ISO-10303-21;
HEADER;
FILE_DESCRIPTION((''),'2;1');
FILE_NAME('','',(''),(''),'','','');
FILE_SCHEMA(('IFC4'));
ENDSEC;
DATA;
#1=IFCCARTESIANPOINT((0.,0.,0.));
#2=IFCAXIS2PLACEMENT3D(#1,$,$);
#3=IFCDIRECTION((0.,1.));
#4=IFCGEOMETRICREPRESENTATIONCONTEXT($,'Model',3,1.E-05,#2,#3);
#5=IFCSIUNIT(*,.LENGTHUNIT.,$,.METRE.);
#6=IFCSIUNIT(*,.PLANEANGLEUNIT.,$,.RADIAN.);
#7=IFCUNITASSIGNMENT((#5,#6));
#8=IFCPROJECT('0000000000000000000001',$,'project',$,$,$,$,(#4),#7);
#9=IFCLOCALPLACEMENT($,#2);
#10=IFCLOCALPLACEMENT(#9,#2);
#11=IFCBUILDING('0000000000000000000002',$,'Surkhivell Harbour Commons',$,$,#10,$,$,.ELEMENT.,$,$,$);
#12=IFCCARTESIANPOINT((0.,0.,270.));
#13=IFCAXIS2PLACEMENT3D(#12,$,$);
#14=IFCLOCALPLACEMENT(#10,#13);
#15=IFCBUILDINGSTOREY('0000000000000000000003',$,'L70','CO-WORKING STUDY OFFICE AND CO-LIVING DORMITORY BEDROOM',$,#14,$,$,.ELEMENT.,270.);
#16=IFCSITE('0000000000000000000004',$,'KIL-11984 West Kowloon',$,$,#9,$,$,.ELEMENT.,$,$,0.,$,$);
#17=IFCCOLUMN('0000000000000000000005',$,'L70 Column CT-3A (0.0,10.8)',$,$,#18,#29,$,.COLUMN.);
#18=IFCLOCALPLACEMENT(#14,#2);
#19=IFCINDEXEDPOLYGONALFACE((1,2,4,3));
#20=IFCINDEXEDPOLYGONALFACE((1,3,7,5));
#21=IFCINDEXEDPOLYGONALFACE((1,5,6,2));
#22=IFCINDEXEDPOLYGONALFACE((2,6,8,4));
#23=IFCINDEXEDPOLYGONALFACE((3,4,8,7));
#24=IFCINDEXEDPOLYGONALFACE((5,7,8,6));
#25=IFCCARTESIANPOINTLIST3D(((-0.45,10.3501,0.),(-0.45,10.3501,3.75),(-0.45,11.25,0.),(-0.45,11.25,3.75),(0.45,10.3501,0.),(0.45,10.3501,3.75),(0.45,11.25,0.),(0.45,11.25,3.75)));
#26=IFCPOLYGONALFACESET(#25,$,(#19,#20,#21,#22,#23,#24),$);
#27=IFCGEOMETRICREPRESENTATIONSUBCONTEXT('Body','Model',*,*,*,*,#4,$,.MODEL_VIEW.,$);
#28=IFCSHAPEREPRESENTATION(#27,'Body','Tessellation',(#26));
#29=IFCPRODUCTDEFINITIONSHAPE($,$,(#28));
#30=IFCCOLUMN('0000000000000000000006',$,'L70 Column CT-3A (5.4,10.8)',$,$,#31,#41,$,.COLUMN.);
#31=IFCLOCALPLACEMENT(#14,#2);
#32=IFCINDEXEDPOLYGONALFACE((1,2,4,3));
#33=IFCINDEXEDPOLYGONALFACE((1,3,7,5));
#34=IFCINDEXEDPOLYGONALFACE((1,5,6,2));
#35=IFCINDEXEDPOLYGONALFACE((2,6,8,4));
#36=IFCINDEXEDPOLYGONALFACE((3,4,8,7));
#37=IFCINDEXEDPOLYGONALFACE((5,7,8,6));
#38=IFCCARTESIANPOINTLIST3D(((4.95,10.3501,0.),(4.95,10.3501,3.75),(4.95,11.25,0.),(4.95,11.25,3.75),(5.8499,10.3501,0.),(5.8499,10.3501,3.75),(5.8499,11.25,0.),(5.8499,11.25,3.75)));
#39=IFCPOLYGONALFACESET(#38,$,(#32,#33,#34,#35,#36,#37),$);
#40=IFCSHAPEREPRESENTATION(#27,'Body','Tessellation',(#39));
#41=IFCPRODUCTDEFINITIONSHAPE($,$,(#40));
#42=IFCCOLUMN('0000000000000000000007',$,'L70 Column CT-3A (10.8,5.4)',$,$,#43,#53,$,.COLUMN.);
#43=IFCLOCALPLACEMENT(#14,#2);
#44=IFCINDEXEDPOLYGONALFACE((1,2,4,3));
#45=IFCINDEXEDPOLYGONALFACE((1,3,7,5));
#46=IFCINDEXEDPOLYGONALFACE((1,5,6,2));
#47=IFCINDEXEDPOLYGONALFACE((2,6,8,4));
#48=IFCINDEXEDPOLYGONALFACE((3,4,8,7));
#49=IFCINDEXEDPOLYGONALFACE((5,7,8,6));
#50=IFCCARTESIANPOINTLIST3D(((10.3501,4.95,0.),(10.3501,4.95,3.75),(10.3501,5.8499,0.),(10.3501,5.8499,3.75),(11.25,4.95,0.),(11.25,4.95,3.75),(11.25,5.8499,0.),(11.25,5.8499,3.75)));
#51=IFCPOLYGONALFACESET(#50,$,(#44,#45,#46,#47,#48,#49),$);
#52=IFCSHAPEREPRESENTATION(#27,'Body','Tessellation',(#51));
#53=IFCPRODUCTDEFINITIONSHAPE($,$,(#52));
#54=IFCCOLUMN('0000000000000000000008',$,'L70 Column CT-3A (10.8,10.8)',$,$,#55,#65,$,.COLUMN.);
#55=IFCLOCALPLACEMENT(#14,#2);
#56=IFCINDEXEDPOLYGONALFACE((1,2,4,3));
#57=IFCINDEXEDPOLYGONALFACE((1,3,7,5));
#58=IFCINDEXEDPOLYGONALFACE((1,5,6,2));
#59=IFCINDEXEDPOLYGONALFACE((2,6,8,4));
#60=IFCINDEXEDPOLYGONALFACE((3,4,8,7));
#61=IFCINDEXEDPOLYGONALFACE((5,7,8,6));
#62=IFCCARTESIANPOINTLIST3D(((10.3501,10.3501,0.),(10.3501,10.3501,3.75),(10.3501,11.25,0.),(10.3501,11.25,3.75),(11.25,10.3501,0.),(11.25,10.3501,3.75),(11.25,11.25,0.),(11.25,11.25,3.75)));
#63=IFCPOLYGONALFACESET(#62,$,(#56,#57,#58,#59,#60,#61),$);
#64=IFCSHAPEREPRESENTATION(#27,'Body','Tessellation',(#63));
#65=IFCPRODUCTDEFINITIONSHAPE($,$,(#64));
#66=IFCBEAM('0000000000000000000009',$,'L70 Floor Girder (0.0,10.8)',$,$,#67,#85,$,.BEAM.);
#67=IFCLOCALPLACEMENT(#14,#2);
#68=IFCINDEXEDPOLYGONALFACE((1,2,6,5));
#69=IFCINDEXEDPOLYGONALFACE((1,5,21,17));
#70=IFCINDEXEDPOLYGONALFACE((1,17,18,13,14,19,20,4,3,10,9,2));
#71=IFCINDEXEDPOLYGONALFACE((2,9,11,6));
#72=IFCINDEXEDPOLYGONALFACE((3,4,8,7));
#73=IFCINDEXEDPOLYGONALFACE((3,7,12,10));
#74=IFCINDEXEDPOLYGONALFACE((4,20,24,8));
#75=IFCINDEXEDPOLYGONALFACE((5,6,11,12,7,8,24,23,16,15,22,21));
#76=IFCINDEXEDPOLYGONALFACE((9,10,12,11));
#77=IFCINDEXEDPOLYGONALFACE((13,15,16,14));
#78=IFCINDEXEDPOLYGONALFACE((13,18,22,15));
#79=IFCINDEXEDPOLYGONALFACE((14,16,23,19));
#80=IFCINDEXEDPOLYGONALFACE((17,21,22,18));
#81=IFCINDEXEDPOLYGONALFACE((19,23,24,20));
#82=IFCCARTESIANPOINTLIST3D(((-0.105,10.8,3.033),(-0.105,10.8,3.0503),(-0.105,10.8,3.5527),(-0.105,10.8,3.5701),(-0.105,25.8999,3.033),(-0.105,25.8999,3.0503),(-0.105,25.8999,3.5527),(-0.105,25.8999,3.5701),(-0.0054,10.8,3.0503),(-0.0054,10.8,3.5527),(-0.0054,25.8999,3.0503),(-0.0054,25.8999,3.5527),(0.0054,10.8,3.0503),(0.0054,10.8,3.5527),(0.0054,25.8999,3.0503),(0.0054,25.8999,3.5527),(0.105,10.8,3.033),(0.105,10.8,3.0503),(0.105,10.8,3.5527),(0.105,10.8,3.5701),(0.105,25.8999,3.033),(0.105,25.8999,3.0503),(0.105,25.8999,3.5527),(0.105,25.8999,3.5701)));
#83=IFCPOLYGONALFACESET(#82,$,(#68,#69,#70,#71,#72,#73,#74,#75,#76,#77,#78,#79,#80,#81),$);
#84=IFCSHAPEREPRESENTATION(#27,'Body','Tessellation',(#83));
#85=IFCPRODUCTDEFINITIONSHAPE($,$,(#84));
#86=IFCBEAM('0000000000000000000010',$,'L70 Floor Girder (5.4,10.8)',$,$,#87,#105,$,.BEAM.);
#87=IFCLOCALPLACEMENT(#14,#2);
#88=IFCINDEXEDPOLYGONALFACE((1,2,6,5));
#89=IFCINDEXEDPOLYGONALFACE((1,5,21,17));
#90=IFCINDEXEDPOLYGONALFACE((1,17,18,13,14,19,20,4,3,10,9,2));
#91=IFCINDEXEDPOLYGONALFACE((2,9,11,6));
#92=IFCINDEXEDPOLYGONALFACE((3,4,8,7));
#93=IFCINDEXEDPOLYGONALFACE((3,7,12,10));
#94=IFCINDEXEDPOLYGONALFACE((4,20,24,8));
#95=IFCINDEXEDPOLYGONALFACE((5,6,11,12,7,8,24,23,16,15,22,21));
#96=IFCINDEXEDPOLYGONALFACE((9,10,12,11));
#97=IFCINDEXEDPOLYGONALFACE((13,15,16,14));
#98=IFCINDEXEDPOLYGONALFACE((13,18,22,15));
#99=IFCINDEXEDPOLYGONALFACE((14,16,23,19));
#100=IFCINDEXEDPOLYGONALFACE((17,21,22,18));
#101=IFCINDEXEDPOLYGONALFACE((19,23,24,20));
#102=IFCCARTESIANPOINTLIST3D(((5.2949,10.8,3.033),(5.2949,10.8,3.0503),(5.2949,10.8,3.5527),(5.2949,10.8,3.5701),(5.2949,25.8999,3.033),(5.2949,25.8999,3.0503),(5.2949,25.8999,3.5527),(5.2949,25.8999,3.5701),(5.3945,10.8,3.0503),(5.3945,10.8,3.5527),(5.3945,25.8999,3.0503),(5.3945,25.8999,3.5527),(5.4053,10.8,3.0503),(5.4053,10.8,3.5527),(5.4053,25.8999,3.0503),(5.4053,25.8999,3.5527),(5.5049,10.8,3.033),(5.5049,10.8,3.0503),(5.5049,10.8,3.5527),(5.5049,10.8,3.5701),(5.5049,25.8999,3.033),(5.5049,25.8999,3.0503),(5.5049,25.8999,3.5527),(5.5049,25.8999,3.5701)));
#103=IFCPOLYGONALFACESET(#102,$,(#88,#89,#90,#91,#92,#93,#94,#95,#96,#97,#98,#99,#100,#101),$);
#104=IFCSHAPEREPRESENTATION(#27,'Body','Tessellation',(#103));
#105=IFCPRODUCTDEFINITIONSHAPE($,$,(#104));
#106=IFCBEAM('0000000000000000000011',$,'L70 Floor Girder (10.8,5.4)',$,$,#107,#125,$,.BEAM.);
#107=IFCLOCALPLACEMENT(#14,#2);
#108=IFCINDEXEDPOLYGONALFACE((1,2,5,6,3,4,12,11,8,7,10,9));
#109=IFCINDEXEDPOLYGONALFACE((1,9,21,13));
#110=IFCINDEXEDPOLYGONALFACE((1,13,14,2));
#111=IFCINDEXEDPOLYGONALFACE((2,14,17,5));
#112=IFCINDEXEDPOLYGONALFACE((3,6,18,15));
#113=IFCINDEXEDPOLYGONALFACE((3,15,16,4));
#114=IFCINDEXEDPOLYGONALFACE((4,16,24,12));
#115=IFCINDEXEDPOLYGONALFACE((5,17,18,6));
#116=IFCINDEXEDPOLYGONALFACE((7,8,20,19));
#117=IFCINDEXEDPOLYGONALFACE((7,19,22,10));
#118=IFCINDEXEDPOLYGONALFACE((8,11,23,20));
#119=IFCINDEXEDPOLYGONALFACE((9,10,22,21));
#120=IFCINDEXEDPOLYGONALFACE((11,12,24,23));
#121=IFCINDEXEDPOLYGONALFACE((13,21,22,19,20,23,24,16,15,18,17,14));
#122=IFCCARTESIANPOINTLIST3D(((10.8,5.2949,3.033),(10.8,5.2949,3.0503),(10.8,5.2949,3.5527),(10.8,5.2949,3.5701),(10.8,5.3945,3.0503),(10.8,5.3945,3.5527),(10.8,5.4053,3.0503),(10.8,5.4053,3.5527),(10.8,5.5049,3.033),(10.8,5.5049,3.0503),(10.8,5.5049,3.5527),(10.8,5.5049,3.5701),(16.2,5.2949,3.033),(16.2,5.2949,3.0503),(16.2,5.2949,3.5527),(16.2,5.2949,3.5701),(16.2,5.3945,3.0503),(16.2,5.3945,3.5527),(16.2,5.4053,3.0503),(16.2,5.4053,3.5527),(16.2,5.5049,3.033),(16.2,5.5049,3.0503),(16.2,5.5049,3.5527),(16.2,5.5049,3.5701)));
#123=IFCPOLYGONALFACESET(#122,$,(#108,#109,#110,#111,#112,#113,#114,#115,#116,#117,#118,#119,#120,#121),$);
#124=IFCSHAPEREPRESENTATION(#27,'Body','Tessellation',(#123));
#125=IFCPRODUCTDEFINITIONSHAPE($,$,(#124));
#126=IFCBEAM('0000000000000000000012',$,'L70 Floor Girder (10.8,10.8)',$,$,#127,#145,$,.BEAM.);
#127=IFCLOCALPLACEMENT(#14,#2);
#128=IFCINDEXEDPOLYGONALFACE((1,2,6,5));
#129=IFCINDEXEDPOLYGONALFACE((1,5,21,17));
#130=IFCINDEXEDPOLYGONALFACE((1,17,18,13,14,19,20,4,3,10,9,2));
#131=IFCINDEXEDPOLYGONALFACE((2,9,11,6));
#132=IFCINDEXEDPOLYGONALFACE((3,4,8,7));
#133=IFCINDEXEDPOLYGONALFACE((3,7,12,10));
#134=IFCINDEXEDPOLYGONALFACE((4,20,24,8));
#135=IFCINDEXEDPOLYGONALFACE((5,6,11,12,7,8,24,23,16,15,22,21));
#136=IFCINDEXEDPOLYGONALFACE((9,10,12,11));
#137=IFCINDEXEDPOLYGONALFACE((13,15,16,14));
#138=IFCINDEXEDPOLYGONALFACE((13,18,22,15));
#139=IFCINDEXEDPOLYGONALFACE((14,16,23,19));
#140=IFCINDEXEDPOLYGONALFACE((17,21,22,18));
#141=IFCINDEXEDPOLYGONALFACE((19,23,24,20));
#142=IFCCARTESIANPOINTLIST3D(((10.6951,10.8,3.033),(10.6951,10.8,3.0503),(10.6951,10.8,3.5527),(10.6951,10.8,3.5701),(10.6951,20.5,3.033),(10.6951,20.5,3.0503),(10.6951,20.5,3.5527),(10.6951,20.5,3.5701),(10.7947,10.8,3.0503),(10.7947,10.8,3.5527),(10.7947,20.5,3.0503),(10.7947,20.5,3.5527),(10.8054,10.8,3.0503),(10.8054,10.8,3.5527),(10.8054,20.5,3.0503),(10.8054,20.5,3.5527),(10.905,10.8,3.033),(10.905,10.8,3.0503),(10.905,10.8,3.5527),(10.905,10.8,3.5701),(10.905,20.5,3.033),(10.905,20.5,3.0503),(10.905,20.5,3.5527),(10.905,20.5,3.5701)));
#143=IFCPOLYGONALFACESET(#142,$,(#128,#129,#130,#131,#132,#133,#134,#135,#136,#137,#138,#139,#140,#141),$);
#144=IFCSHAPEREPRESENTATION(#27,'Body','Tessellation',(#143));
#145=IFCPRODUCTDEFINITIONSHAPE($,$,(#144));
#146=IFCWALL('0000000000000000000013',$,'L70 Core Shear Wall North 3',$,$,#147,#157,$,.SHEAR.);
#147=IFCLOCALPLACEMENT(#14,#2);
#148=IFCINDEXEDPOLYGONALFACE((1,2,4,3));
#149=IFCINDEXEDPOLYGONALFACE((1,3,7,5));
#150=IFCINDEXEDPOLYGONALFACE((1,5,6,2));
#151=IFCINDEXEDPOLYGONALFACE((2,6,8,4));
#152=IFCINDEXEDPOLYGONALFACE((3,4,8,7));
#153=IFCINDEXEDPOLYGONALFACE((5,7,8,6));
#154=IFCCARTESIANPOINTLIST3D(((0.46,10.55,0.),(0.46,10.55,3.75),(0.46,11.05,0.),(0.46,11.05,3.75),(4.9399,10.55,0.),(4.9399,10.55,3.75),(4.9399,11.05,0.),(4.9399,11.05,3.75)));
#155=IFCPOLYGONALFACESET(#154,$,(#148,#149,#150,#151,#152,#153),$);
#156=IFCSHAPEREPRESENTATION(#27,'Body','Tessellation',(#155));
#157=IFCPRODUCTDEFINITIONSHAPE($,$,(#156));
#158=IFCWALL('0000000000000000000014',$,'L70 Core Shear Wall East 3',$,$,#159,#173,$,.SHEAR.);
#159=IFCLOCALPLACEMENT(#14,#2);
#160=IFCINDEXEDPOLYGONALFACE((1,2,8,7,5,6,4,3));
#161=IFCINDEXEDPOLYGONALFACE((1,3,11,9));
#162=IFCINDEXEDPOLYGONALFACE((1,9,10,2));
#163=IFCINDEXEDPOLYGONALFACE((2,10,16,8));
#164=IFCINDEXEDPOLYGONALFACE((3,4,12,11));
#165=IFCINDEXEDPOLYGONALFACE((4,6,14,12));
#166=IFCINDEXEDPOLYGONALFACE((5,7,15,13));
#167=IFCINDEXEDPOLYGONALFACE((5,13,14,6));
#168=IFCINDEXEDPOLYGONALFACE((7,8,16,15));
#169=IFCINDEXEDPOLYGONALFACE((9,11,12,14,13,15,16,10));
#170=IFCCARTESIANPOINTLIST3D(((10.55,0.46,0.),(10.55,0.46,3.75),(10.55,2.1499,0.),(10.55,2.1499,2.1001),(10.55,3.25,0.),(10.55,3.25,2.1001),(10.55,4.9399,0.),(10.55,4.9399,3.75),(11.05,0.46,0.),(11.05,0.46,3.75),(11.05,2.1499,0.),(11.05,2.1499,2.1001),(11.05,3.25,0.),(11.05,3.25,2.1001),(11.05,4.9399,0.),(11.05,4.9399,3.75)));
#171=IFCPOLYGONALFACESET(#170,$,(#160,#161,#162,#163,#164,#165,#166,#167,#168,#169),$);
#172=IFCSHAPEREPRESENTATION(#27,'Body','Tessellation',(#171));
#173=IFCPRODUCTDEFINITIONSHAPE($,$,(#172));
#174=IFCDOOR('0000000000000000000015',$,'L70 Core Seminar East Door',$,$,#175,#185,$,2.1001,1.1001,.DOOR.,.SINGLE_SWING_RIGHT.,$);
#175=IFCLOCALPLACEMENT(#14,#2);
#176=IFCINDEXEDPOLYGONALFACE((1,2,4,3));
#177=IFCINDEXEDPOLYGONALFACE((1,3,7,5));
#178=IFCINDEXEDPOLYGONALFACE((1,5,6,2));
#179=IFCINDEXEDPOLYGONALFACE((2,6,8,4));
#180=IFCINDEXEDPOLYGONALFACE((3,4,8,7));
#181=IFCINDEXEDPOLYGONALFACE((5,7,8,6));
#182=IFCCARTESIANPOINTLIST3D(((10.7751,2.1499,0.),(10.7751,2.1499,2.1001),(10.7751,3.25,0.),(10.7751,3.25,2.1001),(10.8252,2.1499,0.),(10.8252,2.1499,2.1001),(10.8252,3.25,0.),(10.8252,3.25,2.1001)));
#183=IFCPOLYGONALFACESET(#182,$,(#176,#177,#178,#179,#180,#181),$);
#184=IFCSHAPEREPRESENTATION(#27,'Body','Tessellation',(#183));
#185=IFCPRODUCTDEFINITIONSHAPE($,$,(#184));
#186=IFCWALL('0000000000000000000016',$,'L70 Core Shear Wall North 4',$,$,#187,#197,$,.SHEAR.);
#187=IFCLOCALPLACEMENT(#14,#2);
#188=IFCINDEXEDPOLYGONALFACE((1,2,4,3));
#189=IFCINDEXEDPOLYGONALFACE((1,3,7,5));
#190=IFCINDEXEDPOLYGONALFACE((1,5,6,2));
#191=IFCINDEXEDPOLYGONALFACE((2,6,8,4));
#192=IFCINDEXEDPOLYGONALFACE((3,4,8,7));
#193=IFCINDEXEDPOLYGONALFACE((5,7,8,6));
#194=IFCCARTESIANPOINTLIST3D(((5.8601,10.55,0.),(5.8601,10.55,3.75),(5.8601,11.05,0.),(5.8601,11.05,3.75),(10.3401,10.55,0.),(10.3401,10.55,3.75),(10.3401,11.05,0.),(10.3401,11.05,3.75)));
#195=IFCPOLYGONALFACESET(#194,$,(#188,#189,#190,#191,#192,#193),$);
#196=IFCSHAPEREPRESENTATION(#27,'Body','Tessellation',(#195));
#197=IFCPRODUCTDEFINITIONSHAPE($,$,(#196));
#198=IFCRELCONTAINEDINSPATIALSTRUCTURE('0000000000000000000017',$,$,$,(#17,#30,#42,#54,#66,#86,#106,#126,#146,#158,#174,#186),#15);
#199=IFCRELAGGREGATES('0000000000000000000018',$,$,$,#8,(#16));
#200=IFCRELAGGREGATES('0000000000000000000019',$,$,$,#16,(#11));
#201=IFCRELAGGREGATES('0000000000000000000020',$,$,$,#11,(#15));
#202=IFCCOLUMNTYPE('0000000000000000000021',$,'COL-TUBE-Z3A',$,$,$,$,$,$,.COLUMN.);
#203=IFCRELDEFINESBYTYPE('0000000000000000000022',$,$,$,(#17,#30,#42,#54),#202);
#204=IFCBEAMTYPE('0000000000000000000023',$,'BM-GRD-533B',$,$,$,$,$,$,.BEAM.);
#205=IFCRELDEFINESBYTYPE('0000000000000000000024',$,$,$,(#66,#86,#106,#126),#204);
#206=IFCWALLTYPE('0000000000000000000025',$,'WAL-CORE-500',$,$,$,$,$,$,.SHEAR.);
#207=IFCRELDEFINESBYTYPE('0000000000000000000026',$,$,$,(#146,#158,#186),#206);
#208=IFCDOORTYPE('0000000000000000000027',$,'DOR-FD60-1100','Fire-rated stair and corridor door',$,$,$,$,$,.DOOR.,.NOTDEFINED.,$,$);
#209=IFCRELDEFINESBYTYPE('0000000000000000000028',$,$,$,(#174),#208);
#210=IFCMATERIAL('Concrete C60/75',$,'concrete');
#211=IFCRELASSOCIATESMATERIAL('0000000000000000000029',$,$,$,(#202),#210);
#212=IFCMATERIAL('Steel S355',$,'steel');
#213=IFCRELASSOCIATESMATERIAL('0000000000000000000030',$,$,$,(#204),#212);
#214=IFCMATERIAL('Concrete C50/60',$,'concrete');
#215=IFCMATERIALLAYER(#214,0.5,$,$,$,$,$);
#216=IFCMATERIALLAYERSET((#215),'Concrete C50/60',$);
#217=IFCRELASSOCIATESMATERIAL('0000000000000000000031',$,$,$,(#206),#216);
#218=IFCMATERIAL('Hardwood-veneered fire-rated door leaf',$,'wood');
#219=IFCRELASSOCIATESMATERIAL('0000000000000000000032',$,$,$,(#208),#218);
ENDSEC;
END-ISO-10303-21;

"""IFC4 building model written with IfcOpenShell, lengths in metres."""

from ifc_helpers import new_model, si_unit, direction, frame, frame_2d, origin, origin_2d, place, context, subcontext, project, spatial, rectangle, i_section, extrude, material, layer, layer_set, material_profile, profile_set, type_object, element, fill, save


model = new_model("IFC4")

# Units and contexts
model_context = context("Model", 3, precision=1e-05, world=origin(), true_north=direction((0.0, 1.0)))
body_context = subcontext(model_context, "Body", "Model", "MODEL_VIEW")
ifc_project = project(units=[si_unit("LENGTHUNIT", "METRE"), si_unit("PLANEANGLEUNIT", "RADIAN")], contexts=[model_context])

# Site, building, storey
site_placement = place(None, origin())
site = spatial("IfcSite", under=ifc_project, at=site_placement, Name="KIL-11984 West Kowloon", CompositionType="ELEMENT", RefElevation=0.0)
building_placement = place(site_placement, origin())
building = spatial("IfcBuilding", under=site, at=building_placement, Name="Surkhivell Harbour Commons", CompositionType="ELEMENT")
storey_placement = place(building_placement, frame((0.0, 0.0, 270.0)))
storey = spatial("IfcBuildingStorey", under=building, at=storey_placement, Name="L70", Description="CO-WORKING STUDY OFFICE AND CO-LIVING DORMITORY BEDROOM", CompositionType="ELEMENT", Elevation=270.0)

# Columns
ifc_material_1 = material(Name="Concrete C60/75", Category="concrete")
ifc_material_profile_1 = material_profile(ifc_material_1, rectangle(XDim=0.8999, YDim=0.8999, at=origin_2d()), Name="RC-COL-900x900")
ifc_profile_set_1 = profile_set([ifc_material_profile_1], Name="Concrete C60/75")
column_type = type_object("IfcColumnType", Name="COL-TUBE-Z3A", PredefinedType="COLUMN", material=ifc_profile_set_1)
for number, where, z_axis, x_axis, name in (
    (1, (0.0, 10.8, 0.0), (0.0, 0.0, 1.0), (1.0, 0.0, 0.0), "L70 Column CT-3A (0.0,10.8)"),
    (2, (5.3999, 10.8, 0.0), (0.0, 0.0, 1.0), (1.0, 0.0, 0.0), "L70 Column CT-3A (5.4,10.8)"),
    (3, (10.8, 5.3999, 0.0), (0.0, 0.0, 1.0), (1.0, 0.0, 0.0), "L70 Column CT-3A (10.8,5.4)"),
    (4, (10.8, 10.8, 0.0), (0.0, 0.0, 1.0), (1.0, 0.0, 0.0), "L70 Column CT-3A (10.8,10.8)"),
):
    element("IfcColumn", number, at=place(storey_placement, frame(where, z_axis=z_axis, x_axis=x_axis)), inside=storey, type_object=column_type, Name=name, PredefinedType="COLUMN", context=body_context, shape_type="SweptSolid", body=[
        extrude(rectangle(XDim=0.8999, YDim=0.8999, at=origin_2d()), origin(), (0.0, 0.0, 1.0), 3.75),
    ])

# Beams
ifc_material_2 = material(Name="Steel S355", Category="steel")
ifc_material_profile_2 = material_profile(ifc_material_2, i_section(OverallWidth=0.21, OverallDepth=0.5371, WebThickness=0.0107, FlangeThickness=0.0173, at=origin_2d()), Name="UB533x210x101")
ifc_profile_set_2 = profile_set([ifc_material_profile_2], Name="Steel S355")
beam_type = type_object("IfcBeamType", Name="BM-GRD-533B", PredefinedType="BEAM", material=ifc_profile_set_2)
for number, where, z_axis, x_axis, name in (
    (5, (0.0, 10.8, 3.3015), (0.0, 1.0, 0.0), (-1.0, 0.0, 0.0), "L70 Floor Girder (0.0,10.8)"),
    (6, (5.3999, 10.8, 3.3015), (0.0, 1.0, 0.0), (-1.0, 0.0, 0.0), "L70 Floor Girder (5.4,10.8)"),
):
    element("IfcBeam", number, at=place(storey_placement, frame(where, z_axis=z_axis, x_axis=x_axis)), inside=storey, type_object=beam_type, Name=name, PredefinedType="BEAM", context=body_context, shape_type="SweptSolid", body=[
        extrude(i_section(OverallWidth=0.21, OverallDepth=0.5371, WebThickness=0.0107, FlangeThickness=0.0173, at=origin_2d()), origin(), (0.0, 0.0, 1.0), 15.0999),
    ])
beam_1_placement = place(storey_placement, frame((10.8, 5.3999, 3.3015), z_axis=(1.0, 0.0, 0.0), x_axis=(0.0, 1.0, 0.0)))
element("IfcBeam", 7, at=beam_1_placement, inside=storey, type_object=beam_type, Name="L70 Floor Girder (10.8,5.4)", PredefinedType="BEAM", context=body_context, shape_type="SweptSolid", body=[
    extrude(i_section(OverallWidth=0.21, OverallDepth=0.5371, WebThickness=0.0107, FlangeThickness=0.0173, at=origin_2d()), origin(), (0.0, 0.0, 1.0), 5.3999),
])
beam_2_placement = place(storey_placement, frame((10.8, 10.8, 3.3015), z_axis=(0.0, 1.0, 0.0), x_axis=(-1.0, 0.0, 0.0)))
element("IfcBeam", 8, at=beam_2_placement, inside=storey, type_object=beam_type, Name="L70 Floor Girder (10.8,10.8)", PredefinedType="BEAM", context=body_context, shape_type="SweptSolid", body=[
    extrude(i_section(OverallWidth=0.21, OverallDepth=0.5371, WebThickness=0.0107, FlangeThickness=0.0173, at=origin_2d()), origin(), (0.0, 0.0, 1.0), 9.7),
])

# Wall
ifc_material_3 = material(Name="Concrete C50/60", Category="concrete")
ifc_layer_1 = layer(ifc_material_3, 0.5)
ifc_layer_set_1 = layer_set([ifc_layer_1], Name="Concrete C50/60")
wall_type_1 = type_object("IfcWallType", Name="WAL-CORE-500", PredefinedType="SHEAR", material=ifc_layer_set_1)
wall_1_placement = place(storey_placement, frame((0.46, 10.8, 0.0), z_axis=(0.0, 0.0, 1.0), x_axis=(1.0, 0.0, 0.0)))
element("IfcWall", 9, at=wall_1_placement, inside=storey, type_object=wall_type_1, Name="L70 Core Shear Wall North 3", PredefinedType="SHEAR", context=body_context, shape_type="SweptSolid", body=[
    extrude(rectangle(XDim=4.48, YDim=0.5, at=frame_2d((2.24, 0.0))), origin(), (0.0, 0.0, 1.0), 3.75),
])

# Wall, opening, door
wall_2_placement = place(storey_placement, frame((10.8, 0.46, 0.0), z_axis=(0.0, 0.0, 1.0), x_axis=(0.0, 1.0, 0.0)))
wall_2 = element("IfcWall", 10, at=wall_2_placement, inside=storey, type_object=wall_type_1, Name="L70 Core Shear Wall East 3", PredefinedType="SHEAR", context=body_context, shape_type="SweptSolid", body=[
    extrude(rectangle(XDim=4.48, YDim=0.5, at=frame_2d((2.24, 0.0))), origin(), (0.0, 0.0, 1.0), 3.75),
])
opening_1_placement = place(wall_2_placement, frame((1.6899, 0.0, 0.0)))
opening_1 = element("IfcOpeningElement", 11, at=opening_1_placement, cuts=wall_2, PredefinedType="OPENING", context=body_context, shape_type="SweptSolid", body=[
    extrude(rectangle(XDim=1.1001, YDim=2.1001, at=frame_2d((0.55, 1.05))), frame((0.0, 0.26, 0.0), z_axis=(0.0, -1.0, 0.0), x_axis=(1.0, 0.0, 0.0)), (0.0, 0.0, 1.0), 0.52),
])
ifc_material_4 = material(Name="Hardwood-veneered fire-rated door leaf", Category="wood")
door_type_1 = type_object("IfcDoorType", Name="DOR-FD60-1100", Description="Fire-rated stair and corridor door", OperationType="NOTDEFINED", PredefinedType="DOOR", material=ifc_material_4)
door_1_placement = place(opening_1_placement, origin())
door_1 = element("IfcDoor", 12, at=door_1_placement, inside=storey, type_object=door_type_1, Name="L70 Core Seminar East Door", OperationType="SINGLE_SWING_RIGHT", OverallHeight=2.1001, OverallWidth=1.1001, PredefinedType="DOOR", context=body_context, shape_type="SweptSolid", body=[
    extrude(rectangle(XDim=1.1001, YDim=2.1001, at=frame_2d((0.55, 1.05))), frame((0.0, 0.0249, 0.0), z_axis=(0.0, -1.0, 0.0), x_axis=(1.0, 0.0, 0.0)), (0.0, 0.0, 1.0), 0.05),
])
fill(opening_1, door_1)

# Wall
for number, where, z_axis, x_axis, name in (
    (13, (5.8601, 10.8, 0.0), (0.0, 0.0, 1.0), (1.0, 0.0, 0.0), "L70 Core Shear Wall North 4"),
):
    element("IfcWall", number, at=place(storey_placement, frame(where, z_axis=z_axis, x_axis=x_axis)), inside=storey, type_object=wall_type_1, Name=name, PredefinedType="SHEAR", context=body_context, shape_type="SweptSolid", body=[
        extrude(rectangle(XDim=4.48, YDim=0.5, at=frame_2d((2.24, 0.0))), origin(), (0.0, 0.0, 1.0), 3.75),
    ])

save(model, "model.ifc")
